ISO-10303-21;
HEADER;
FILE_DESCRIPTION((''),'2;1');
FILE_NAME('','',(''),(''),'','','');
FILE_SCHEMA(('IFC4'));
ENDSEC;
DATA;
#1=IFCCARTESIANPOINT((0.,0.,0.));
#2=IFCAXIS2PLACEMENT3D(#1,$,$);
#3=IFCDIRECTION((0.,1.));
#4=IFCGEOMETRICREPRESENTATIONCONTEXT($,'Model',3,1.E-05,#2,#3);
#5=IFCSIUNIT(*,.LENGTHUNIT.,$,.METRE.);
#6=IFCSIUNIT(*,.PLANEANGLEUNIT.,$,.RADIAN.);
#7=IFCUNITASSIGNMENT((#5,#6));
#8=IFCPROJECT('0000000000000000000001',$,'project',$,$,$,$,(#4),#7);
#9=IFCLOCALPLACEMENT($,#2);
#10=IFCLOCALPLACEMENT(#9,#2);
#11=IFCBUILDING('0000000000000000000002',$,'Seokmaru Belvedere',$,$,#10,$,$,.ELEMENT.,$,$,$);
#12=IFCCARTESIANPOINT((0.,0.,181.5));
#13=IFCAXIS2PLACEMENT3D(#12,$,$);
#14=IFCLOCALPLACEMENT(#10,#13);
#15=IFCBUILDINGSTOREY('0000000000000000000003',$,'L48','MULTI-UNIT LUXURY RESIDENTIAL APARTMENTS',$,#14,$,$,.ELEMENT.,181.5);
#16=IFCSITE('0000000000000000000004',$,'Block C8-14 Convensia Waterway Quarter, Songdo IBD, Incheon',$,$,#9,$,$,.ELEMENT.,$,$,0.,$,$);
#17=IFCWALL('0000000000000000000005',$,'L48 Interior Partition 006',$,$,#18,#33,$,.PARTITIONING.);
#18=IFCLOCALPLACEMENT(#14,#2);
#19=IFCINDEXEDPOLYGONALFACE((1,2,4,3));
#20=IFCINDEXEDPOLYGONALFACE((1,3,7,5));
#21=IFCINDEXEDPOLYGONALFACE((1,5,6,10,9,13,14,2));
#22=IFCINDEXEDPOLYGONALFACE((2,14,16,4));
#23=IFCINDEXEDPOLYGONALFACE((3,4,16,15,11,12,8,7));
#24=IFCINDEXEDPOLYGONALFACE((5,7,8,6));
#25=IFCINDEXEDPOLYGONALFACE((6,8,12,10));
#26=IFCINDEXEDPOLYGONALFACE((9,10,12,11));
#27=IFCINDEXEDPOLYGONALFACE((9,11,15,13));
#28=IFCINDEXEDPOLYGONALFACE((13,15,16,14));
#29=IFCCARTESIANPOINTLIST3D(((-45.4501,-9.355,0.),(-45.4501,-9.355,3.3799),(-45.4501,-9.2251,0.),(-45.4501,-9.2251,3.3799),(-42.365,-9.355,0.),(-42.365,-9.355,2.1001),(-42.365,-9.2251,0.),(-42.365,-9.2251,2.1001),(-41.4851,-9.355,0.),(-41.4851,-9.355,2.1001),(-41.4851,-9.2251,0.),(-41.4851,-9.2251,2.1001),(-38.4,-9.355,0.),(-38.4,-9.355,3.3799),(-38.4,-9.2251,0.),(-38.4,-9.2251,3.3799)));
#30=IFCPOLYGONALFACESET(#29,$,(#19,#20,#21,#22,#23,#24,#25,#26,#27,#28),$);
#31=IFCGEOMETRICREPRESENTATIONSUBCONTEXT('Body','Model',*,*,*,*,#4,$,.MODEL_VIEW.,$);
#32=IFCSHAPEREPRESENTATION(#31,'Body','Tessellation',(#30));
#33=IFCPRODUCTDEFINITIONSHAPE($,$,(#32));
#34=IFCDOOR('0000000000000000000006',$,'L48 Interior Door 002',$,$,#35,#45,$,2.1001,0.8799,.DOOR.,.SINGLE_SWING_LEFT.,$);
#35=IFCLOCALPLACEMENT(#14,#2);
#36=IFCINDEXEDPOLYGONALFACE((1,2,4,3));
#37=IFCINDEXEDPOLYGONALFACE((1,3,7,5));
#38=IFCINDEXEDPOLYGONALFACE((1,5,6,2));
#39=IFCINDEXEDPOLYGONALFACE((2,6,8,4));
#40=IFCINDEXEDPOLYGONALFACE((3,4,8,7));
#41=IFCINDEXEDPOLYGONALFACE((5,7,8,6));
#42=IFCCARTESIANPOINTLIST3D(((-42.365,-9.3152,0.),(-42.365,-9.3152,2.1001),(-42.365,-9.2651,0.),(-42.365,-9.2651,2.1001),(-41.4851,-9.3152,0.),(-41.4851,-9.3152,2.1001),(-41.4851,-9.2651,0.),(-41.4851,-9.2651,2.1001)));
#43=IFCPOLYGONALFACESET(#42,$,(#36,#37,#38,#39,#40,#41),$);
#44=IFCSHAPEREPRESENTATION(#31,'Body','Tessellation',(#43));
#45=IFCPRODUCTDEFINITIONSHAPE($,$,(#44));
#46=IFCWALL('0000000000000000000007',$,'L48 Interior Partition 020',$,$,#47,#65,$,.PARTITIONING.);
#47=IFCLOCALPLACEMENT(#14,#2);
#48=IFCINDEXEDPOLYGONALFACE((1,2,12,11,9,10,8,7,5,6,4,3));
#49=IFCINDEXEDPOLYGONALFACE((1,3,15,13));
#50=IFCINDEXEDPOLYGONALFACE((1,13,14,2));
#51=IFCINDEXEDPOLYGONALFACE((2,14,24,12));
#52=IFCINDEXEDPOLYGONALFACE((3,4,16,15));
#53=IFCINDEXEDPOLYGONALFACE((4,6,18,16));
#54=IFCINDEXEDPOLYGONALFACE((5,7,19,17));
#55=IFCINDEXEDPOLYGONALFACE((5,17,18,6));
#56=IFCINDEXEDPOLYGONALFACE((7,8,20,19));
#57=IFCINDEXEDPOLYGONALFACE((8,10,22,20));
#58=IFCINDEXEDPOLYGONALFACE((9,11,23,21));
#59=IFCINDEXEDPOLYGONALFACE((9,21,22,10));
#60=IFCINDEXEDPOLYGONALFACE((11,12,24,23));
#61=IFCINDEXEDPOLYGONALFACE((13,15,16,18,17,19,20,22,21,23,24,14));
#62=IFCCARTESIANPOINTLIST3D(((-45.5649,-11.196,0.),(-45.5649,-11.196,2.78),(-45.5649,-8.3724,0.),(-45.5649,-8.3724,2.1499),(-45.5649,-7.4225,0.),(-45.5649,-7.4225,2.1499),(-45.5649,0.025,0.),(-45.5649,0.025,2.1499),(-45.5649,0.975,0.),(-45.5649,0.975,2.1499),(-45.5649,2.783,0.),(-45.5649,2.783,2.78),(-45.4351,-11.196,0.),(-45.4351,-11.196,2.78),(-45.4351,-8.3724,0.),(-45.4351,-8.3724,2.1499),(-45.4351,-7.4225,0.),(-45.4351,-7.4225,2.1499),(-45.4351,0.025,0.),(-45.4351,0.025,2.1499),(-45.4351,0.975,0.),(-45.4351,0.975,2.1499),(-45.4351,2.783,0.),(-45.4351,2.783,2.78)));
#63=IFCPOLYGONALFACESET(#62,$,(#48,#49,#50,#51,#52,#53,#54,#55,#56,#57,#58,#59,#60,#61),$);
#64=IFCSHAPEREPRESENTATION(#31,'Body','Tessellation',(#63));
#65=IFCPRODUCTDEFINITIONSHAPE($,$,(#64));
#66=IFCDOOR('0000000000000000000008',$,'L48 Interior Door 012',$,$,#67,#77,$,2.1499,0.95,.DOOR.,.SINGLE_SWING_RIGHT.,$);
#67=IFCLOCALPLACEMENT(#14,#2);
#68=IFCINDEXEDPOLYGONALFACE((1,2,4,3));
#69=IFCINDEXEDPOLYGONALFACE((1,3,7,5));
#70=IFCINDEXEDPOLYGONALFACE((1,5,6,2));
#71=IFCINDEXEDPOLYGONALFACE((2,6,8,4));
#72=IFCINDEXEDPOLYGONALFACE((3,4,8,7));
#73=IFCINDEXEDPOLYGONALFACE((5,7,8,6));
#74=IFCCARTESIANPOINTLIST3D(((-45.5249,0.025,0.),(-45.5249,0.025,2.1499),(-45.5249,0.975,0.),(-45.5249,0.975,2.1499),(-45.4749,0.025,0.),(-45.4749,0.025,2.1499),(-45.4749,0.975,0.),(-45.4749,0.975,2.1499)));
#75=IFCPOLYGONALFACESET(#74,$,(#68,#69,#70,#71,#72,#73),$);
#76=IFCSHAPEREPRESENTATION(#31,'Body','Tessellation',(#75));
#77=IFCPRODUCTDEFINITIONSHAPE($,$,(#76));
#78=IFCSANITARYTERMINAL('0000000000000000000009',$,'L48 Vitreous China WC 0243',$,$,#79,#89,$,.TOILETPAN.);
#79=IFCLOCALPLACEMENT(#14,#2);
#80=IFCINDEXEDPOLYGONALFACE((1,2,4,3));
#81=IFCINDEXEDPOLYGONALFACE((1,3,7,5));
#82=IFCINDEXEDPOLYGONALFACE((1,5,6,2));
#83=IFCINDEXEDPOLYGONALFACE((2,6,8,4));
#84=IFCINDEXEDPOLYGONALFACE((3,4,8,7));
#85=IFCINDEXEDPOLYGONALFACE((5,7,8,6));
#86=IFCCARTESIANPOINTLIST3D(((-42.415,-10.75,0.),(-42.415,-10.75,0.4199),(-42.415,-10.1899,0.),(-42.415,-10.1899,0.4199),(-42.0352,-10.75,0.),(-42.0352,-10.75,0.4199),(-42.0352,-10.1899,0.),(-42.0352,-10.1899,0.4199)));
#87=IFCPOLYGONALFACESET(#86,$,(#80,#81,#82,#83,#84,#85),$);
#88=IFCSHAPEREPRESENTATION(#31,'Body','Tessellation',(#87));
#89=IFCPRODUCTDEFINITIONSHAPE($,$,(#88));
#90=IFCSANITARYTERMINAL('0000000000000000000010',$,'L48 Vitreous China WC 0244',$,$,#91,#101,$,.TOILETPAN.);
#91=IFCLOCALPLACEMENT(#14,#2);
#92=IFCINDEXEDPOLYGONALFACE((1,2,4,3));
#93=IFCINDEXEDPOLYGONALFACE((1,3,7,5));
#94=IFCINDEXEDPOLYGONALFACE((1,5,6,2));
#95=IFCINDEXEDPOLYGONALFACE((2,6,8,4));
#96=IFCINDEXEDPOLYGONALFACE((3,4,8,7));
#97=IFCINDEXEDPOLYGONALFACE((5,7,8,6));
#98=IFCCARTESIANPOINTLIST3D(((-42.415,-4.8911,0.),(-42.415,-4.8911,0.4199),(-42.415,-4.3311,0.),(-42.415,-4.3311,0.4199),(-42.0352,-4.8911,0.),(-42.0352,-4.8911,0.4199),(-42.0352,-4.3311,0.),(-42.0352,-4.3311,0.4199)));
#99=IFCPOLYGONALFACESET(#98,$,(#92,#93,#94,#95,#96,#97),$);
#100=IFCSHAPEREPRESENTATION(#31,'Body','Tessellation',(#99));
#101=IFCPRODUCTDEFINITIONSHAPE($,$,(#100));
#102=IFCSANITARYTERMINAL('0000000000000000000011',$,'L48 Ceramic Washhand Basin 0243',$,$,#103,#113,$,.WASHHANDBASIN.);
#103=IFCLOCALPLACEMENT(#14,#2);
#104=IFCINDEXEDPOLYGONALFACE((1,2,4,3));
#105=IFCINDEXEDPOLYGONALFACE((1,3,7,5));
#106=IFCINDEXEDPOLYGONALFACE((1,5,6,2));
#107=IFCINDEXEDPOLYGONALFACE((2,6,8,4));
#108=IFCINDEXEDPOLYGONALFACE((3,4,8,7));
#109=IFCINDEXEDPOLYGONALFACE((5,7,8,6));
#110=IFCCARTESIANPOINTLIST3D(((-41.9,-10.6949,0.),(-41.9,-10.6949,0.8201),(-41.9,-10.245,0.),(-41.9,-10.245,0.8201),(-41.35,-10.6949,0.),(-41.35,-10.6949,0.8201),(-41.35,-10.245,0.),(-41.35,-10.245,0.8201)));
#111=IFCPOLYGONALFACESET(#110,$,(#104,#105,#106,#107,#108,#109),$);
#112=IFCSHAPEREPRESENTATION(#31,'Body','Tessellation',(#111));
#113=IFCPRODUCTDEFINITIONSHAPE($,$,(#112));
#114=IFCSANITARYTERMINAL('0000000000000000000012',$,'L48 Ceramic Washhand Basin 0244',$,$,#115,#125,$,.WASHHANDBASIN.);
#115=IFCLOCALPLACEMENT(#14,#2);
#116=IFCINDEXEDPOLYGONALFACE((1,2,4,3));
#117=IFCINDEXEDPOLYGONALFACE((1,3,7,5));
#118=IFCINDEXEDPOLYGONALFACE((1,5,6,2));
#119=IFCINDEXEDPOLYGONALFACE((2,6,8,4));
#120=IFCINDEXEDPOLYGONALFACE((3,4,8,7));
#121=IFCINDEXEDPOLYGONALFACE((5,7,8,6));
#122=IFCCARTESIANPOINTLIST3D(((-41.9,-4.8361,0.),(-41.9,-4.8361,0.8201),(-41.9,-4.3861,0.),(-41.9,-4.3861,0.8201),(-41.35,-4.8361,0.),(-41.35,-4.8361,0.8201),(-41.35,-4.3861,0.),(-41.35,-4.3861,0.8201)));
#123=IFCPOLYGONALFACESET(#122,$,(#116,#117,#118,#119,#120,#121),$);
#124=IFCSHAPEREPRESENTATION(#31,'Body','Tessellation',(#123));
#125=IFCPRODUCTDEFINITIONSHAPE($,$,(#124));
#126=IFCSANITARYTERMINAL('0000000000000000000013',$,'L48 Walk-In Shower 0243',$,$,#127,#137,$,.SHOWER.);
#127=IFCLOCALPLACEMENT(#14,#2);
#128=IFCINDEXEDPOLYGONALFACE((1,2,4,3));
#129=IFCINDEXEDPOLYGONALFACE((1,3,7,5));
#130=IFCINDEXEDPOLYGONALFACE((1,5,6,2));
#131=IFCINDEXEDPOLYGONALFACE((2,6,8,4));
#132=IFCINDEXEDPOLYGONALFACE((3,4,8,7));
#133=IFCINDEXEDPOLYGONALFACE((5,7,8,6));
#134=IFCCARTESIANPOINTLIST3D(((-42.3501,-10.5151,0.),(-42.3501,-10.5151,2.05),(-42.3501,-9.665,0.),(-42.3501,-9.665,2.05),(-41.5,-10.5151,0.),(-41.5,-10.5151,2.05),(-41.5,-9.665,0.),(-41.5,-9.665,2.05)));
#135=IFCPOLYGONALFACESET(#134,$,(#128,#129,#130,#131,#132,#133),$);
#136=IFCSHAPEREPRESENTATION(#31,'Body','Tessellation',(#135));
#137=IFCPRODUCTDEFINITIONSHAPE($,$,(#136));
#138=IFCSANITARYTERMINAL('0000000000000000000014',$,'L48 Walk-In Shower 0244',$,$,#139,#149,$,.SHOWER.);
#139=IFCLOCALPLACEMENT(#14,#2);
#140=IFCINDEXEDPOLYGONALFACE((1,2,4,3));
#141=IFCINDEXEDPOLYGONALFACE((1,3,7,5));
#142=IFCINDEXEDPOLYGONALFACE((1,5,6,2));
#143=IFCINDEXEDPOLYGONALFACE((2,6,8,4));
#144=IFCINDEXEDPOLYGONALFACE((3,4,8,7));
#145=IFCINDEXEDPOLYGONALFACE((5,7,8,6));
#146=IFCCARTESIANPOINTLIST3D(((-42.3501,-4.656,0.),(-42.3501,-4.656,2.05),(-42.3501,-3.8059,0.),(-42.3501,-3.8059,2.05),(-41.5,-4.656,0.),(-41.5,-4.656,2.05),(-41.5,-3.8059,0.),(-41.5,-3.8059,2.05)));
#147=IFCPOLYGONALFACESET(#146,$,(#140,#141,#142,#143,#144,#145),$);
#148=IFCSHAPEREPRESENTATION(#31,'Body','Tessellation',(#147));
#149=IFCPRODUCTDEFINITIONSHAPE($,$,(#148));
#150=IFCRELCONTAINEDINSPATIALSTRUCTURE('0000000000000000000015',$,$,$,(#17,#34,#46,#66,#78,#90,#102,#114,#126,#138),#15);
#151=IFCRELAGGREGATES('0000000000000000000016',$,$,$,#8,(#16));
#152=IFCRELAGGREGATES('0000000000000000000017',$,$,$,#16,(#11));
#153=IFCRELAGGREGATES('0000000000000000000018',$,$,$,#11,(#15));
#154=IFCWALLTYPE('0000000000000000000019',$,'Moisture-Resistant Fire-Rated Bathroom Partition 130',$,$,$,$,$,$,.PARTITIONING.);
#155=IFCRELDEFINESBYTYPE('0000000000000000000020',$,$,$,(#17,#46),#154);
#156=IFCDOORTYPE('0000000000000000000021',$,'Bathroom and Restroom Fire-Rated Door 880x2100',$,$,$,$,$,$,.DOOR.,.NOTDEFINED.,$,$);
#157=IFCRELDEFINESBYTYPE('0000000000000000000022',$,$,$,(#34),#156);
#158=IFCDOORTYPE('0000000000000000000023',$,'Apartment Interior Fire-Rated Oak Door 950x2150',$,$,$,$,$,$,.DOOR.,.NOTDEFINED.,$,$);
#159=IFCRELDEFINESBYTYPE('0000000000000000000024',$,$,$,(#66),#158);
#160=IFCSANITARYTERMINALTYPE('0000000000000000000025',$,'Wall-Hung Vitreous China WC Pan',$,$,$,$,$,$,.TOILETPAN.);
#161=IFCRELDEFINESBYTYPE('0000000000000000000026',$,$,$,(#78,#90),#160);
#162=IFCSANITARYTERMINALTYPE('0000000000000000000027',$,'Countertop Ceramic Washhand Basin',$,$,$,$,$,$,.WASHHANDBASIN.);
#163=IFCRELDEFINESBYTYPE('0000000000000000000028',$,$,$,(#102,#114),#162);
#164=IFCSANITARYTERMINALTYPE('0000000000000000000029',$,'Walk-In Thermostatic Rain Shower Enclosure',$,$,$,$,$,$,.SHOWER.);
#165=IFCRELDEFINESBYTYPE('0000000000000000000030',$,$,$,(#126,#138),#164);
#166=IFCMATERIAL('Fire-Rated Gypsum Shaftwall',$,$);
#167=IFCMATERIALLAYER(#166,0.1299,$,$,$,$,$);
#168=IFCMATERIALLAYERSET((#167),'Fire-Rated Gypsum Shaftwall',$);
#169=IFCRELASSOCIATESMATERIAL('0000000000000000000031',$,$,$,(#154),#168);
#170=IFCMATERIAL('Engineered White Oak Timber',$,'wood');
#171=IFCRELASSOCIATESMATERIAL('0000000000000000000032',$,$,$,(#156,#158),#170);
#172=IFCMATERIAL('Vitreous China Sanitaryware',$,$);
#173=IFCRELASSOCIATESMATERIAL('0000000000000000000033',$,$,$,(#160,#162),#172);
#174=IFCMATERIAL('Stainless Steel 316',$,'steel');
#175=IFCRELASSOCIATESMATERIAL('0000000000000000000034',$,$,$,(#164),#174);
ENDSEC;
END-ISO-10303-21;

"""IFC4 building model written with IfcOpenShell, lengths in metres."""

from ifc_helpers import new_model, si_unit, direction, frame, frame_2d, origin, origin_2d, place, context, subcontext, project, spatial, rectangle, extrude, source, transform, mapped, material, layer, layer_set, type_object, type_shapes, element, fill, save


model = new_model("IFC4")

# Units and contexts
model_context = context("Model", 3, precision=1e-05, world=origin(), true_north=direction((0.0, 1.0)))
body_context = subcontext(model_context, "Body", "Model", "MODEL_VIEW")
ifc_project = project(units=[si_unit("LENGTHUNIT", "METRE"), si_unit("PLANEANGLEUNIT", "RADIAN")], contexts=[model_context])

# Site, building, storey
site_placement = place(None, origin())
site = spatial("IfcSite", under=ifc_project, at=site_placement, Name="Block C8-14 Convensia Waterway Quarter, Songdo IBD, Incheon", CompositionType="ELEMENT", RefElevation=0.0)
building_placement = place(site_placement, origin())
building = spatial("IfcBuilding", under=site, at=building_placement, Name="Seokmaru Belvedere", CompositionType="ELEMENT")
storey_placement = place(building_placement, frame((0.0, 0.0, 181.5)))
storey = spatial("IfcBuildingStorey", under=building, at=storey_placement, Name="L48", Description="MULTI-UNIT LUXURY RESIDENTIAL APARTMENTS", CompositionType="ELEMENT", Elevation=181.5)

# Shared definitions
ifc_material_1 = material(Name="Fire-Rated Gypsum Shaftwall")

# Shared definitions
ifc_layer_1 = layer(ifc_material_1, 0.1299)
ifc_layer_set_1 = layer_set([ifc_layer_1], Name="Fire-Rated Gypsum Shaftwall")
wall_type_1 = type_object("IfcWallType", Name="Moisture-Resistant Fire-Rated Bathroom Partition 130", PredefinedType="PARTITIONING", material=ifc_layer_set_1)

# Wall, opening, door
wall_1_placement = place(storey_placement, frame((-45.45, -9.29, 0.0), z_axis=(0.0, 0.0, 1.0), x_axis=(1.0, 0.0, 0.0)))
wall_1 = element("IfcWall", 1, at=wall_1_placement, inside=storey, type_object=wall_type_1, Name="L48 Interior Partition 006", PredefinedType="PARTITIONING", context=body_context, shape_type="SweptSolid", body=[
    extrude(rectangle(XDim=7.05, YDim=0.1299, at=frame_2d((3.5249, 0.0))), origin(), (0.0, 0.0, 1.0), 3.3799),
])
opening_1_placement = place(wall_1_placement, frame((3.085, 0.0, 0.0)))
opening_1 = element("IfcOpeningElement", 2, at=opening_1_placement, cuts=wall_1, PredefinedType="OPENING", context=body_context, shape_type="SweptSolid", body=[
    extrude(rectangle(XDim=0.8799, YDim=2.1001, at=frame_2d((0.4399, 1.05))), frame((0.0, 0.075, 0.0), z_axis=(0.0, -1.0, 0.0), x_axis=(1.0, 0.0, 0.0)), (0.0, 0.0, 1.0), 0.1499),
])
ifc_material_2 = material(Name="Engineered White Oak Timber", Category="wood")
door_type_1 = type_object("IfcDoorType", Name="Bathroom and Restroom Fire-Rated Door 880x2100", OperationType="NOTDEFINED", PredefinedType="DOOR", material=ifc_material_2)
shared_shape_1 = source(origin(), body_context, "Body", "SweptSolid", [
    extrude(rectangle(XDim=0.8799, YDim=2.1001, at=frame_2d((0.4399, 1.05))), frame((0.0, 0.0249, 0.0), z_axis=(0.0, -1.0, 0.0), x_axis=(1.0, 0.0, 0.0)), (0.0, 0.0, 1.0), 0.05),
])
type_shapes(door_type_1, [shared_shape_1])
door_1_placement = place(opening_1_placement, origin())
door_1 = element("IfcDoor", 3, at=door_1_placement, inside=storey, type_object=door_type_1, Name="L48 Interior Door 002", OperationType="SINGLE_SWING_LEFT", OverallHeight=2.1001, OverallWidth=0.8799, PredefinedType="DOOR", context=body_context, shape_type="MappedRepresentation", body=[
    mapped(shared_shape_1, transform((0.0, 0.0, 0.0), scale=1.0)),
])
fill(opening_1, door_1)

# Wall, openings, door
wall_2_placement = place(storey_placement, frame((-45.5, -11.196, 0.0), z_axis=(0.0, 0.0, 1.0), x_axis=(0.0, 1.0, 0.0)))
wall_2 = element("IfcWall", 4, at=wall_2_placement, inside=storey, type_object=wall_type_1, Name="L48 Interior Partition 020", PredefinedType="PARTITIONING", context=body_context, shape_type="SweptSolid", body=[
    extrude(rectangle(XDim=13.979, YDim=0.1299, at=frame_2d((6.9895, 0.0))), origin(), (0.0, 0.0, 1.0), 2.78),
])
opening_2_placement = place(wall_2_placement, frame((2.8235, 0.0, 0.0)))
element("IfcOpeningElement", 5, at=opening_2_placement, cuts=wall_2, PredefinedType="OPENING", context=body_context, shape_type="SweptSolid", body=[
    extrude(rectangle(XDim=0.95, YDim=2.1499, at=frame_2d((0.4751, 1.075))), frame((0.0, 0.075, 0.0), z_axis=(0.0, -1.0, 0.0), x_axis=(1.0, 0.0, 0.0)), (0.0, 0.0, 1.0), 0.1499),
])
opening_3_placement = place(wall_2_placement, frame((11.2209, 0.0, 0.0)))
opening_3 = element("IfcOpeningElement", 6, at=opening_3_placement, cuts=wall_2, PredefinedType="OPENING", context=body_context, shape_type="SweptSolid", body=[
    extrude(rectangle(XDim=0.95, YDim=2.1499, at=frame_2d((0.4751, 1.075))), frame((0.0, 0.075, 0.0), z_axis=(0.0, -1.0, 0.0), x_axis=(1.0, 0.0, 0.0)), (0.0, 0.0, 1.0), 0.1499),
])
door_type_2 = type_object("IfcDoorType", Name="Apartment Interior Fire-Rated Oak Door 950x2150", OperationType="NOTDEFINED", PredefinedType="DOOR", material=ifc_material_2)
shared_shape_2 = source(origin(), body_context, "Body", "SweptSolid", [
    extrude(rectangle(XDim=0.95, YDim=2.1499, at=frame_2d((0.4751, 1.075))), frame((0.0, 0.0249, 0.0), z_axis=(0.0, -1.0, 0.0), x_axis=(1.0, 0.0, 0.0)), (0.0, 0.0, 1.0), 0.05),
])
type_shapes(door_type_2, [shared_shape_2])
door_2_placement = place(opening_3_placement, origin())
door_2 = element("IfcDoor", 7, at=door_2_placement, inside=storey, type_object=door_type_2, Name="L48 Interior Door 012", OperationType="SINGLE_SWING_RIGHT", OverallHeight=2.1499, OverallWidth=0.95, PredefinedType="DOOR", context=body_context, shape_type="MappedRepresentation", body=[
    mapped(shared_shape_2, transform((0.0, 0.0, 0.0), scale=1.0)),
])
fill(opening_3, door_2)

# Sanitary terminals
ifc_material_3 = material(Name="Vitreous China Sanitaryware")
sanitary_terminal_type_1 = type_object("IfcSanitaryTerminalType", Name="Wall-Hung Vitreous China WC Pan", PredefinedType="TOILETPAN", material=ifc_material_3)
shared_shape_3 = source(origin(), body_context, "Body", "SweptSolid", [
    extrude(rectangle(XDim=0.3799, YDim=0.5601, at=origin_2d()), origin(), (0.0, 0.0, 1.0), 0.4199),
])
type_shapes(sanitary_terminal_type_1, [shared_shape_3])
for number, where, z_axis, x_axis, name in (
    (8, (-42.2251, -10.47, 0.0), (0.0, 0.0, 1.0), (1.0, 0.0, 0.0), "L48 Vitreous China WC 0243"),
    (9, (-42.2251, -4.6111, 0.0), (0.0, 0.0, 1.0), (1.0, 0.0, 0.0), "L48 Vitreous China WC 0244"),
):
    element("IfcSanitaryTerminal", number, at=place(storey_placement, frame(where, z_axis=z_axis, x_axis=x_axis)), inside=storey, type_object=sanitary_terminal_type_1, Name=name, PredefinedType="TOILETPAN", context=body_context, shape_type="MappedRepresentation", body=[
        mapped(shared_shape_3, transform((0.0, 0.0, 0.0), scale=1.0)),
    ])
sanitary_terminal_type_2 = type_object("IfcSanitaryTerminalType", Name="Countertop Ceramic Washhand Basin", PredefinedType="WASHHANDBASIN", material=ifc_material_3)
shared_shape_4 = source(origin(), body_context, "Body", "SweptSolid", [
    extrude(rectangle(XDim=0.55, YDim=0.45, at=origin_2d()), origin(), (0.0, 0.0, 1.0), 0.8201),
])
type_shapes(sanitary_terminal_type_2, [shared_shape_4])
for number, where, z_axis, x_axis, name in (
    (10, (-41.625, -10.47, 0.0), (0.0, 0.0, 1.0), (1.0, 0.0, 0.0), "L48 Ceramic Washhand Basin 0243"),
    (11, (-41.625, -4.6111, 0.0), (0.0, 0.0, 1.0), (1.0, 0.0, 0.0), "L48 Ceramic Washhand Basin 0244"),
):
    element("IfcSanitaryTerminal", number, at=place(storey_placement, frame(where, z_axis=z_axis, x_axis=x_axis)), inside=storey, type_object=sanitary_terminal_type_2, Name=name, PredefinedType="WASHHANDBASIN", context=body_context, shape_type="MappedRepresentation", body=[
        mapped(shared_shape_4, transform((0.0, 0.0, 0.0), scale=1.0)),
    ])
ifc_material_4 = material(Name="Stainless Steel 316", Category="steel")
sanitary_terminal_type_3 = type_object("IfcSanitaryTerminalType", Name="Walk-In Thermostatic Rain Shower Enclosure", PredefinedType="SHOWER", material=ifc_material_4)
shared_shape_5 = source(origin(), body_context, "Body", "SweptSolid", [
    extrude(rectangle(XDim=0.8501, YDim=0.8501, at=origin_2d()), origin(), (0.0, 0.0, 1.0), 2.05),
])
type_shapes(sanitary_terminal_type_3, [shared_shape_5])
for number, where, z_axis, x_axis, name in (
    (12, (-41.925, -10.0901, 0.0), (0.0, 0.0, 1.0), (1.0, 0.0, 0.0), "L48 Walk-In Shower 0243"),
    (13, (-41.925, -4.231, 0.0), (0.0, 0.0, 1.0), (1.0, 0.0, 0.0), "L48 Walk-In Shower 0244"),
):
    element("IfcSanitaryTerminal", number, at=place(storey_placement, frame(where, z_axis=z_axis, x_axis=x_axis)), inside=storey, type_object=sanitary_terminal_type_3, Name=name, PredefinedType="SHOWER", context=body_context, shape_type="MappedRepresentation", body=[
        mapped(shared_shape_5, transform((0.0, 0.0, 0.0), scale=1.0)),
    ])

save(model, "model.ifc")
